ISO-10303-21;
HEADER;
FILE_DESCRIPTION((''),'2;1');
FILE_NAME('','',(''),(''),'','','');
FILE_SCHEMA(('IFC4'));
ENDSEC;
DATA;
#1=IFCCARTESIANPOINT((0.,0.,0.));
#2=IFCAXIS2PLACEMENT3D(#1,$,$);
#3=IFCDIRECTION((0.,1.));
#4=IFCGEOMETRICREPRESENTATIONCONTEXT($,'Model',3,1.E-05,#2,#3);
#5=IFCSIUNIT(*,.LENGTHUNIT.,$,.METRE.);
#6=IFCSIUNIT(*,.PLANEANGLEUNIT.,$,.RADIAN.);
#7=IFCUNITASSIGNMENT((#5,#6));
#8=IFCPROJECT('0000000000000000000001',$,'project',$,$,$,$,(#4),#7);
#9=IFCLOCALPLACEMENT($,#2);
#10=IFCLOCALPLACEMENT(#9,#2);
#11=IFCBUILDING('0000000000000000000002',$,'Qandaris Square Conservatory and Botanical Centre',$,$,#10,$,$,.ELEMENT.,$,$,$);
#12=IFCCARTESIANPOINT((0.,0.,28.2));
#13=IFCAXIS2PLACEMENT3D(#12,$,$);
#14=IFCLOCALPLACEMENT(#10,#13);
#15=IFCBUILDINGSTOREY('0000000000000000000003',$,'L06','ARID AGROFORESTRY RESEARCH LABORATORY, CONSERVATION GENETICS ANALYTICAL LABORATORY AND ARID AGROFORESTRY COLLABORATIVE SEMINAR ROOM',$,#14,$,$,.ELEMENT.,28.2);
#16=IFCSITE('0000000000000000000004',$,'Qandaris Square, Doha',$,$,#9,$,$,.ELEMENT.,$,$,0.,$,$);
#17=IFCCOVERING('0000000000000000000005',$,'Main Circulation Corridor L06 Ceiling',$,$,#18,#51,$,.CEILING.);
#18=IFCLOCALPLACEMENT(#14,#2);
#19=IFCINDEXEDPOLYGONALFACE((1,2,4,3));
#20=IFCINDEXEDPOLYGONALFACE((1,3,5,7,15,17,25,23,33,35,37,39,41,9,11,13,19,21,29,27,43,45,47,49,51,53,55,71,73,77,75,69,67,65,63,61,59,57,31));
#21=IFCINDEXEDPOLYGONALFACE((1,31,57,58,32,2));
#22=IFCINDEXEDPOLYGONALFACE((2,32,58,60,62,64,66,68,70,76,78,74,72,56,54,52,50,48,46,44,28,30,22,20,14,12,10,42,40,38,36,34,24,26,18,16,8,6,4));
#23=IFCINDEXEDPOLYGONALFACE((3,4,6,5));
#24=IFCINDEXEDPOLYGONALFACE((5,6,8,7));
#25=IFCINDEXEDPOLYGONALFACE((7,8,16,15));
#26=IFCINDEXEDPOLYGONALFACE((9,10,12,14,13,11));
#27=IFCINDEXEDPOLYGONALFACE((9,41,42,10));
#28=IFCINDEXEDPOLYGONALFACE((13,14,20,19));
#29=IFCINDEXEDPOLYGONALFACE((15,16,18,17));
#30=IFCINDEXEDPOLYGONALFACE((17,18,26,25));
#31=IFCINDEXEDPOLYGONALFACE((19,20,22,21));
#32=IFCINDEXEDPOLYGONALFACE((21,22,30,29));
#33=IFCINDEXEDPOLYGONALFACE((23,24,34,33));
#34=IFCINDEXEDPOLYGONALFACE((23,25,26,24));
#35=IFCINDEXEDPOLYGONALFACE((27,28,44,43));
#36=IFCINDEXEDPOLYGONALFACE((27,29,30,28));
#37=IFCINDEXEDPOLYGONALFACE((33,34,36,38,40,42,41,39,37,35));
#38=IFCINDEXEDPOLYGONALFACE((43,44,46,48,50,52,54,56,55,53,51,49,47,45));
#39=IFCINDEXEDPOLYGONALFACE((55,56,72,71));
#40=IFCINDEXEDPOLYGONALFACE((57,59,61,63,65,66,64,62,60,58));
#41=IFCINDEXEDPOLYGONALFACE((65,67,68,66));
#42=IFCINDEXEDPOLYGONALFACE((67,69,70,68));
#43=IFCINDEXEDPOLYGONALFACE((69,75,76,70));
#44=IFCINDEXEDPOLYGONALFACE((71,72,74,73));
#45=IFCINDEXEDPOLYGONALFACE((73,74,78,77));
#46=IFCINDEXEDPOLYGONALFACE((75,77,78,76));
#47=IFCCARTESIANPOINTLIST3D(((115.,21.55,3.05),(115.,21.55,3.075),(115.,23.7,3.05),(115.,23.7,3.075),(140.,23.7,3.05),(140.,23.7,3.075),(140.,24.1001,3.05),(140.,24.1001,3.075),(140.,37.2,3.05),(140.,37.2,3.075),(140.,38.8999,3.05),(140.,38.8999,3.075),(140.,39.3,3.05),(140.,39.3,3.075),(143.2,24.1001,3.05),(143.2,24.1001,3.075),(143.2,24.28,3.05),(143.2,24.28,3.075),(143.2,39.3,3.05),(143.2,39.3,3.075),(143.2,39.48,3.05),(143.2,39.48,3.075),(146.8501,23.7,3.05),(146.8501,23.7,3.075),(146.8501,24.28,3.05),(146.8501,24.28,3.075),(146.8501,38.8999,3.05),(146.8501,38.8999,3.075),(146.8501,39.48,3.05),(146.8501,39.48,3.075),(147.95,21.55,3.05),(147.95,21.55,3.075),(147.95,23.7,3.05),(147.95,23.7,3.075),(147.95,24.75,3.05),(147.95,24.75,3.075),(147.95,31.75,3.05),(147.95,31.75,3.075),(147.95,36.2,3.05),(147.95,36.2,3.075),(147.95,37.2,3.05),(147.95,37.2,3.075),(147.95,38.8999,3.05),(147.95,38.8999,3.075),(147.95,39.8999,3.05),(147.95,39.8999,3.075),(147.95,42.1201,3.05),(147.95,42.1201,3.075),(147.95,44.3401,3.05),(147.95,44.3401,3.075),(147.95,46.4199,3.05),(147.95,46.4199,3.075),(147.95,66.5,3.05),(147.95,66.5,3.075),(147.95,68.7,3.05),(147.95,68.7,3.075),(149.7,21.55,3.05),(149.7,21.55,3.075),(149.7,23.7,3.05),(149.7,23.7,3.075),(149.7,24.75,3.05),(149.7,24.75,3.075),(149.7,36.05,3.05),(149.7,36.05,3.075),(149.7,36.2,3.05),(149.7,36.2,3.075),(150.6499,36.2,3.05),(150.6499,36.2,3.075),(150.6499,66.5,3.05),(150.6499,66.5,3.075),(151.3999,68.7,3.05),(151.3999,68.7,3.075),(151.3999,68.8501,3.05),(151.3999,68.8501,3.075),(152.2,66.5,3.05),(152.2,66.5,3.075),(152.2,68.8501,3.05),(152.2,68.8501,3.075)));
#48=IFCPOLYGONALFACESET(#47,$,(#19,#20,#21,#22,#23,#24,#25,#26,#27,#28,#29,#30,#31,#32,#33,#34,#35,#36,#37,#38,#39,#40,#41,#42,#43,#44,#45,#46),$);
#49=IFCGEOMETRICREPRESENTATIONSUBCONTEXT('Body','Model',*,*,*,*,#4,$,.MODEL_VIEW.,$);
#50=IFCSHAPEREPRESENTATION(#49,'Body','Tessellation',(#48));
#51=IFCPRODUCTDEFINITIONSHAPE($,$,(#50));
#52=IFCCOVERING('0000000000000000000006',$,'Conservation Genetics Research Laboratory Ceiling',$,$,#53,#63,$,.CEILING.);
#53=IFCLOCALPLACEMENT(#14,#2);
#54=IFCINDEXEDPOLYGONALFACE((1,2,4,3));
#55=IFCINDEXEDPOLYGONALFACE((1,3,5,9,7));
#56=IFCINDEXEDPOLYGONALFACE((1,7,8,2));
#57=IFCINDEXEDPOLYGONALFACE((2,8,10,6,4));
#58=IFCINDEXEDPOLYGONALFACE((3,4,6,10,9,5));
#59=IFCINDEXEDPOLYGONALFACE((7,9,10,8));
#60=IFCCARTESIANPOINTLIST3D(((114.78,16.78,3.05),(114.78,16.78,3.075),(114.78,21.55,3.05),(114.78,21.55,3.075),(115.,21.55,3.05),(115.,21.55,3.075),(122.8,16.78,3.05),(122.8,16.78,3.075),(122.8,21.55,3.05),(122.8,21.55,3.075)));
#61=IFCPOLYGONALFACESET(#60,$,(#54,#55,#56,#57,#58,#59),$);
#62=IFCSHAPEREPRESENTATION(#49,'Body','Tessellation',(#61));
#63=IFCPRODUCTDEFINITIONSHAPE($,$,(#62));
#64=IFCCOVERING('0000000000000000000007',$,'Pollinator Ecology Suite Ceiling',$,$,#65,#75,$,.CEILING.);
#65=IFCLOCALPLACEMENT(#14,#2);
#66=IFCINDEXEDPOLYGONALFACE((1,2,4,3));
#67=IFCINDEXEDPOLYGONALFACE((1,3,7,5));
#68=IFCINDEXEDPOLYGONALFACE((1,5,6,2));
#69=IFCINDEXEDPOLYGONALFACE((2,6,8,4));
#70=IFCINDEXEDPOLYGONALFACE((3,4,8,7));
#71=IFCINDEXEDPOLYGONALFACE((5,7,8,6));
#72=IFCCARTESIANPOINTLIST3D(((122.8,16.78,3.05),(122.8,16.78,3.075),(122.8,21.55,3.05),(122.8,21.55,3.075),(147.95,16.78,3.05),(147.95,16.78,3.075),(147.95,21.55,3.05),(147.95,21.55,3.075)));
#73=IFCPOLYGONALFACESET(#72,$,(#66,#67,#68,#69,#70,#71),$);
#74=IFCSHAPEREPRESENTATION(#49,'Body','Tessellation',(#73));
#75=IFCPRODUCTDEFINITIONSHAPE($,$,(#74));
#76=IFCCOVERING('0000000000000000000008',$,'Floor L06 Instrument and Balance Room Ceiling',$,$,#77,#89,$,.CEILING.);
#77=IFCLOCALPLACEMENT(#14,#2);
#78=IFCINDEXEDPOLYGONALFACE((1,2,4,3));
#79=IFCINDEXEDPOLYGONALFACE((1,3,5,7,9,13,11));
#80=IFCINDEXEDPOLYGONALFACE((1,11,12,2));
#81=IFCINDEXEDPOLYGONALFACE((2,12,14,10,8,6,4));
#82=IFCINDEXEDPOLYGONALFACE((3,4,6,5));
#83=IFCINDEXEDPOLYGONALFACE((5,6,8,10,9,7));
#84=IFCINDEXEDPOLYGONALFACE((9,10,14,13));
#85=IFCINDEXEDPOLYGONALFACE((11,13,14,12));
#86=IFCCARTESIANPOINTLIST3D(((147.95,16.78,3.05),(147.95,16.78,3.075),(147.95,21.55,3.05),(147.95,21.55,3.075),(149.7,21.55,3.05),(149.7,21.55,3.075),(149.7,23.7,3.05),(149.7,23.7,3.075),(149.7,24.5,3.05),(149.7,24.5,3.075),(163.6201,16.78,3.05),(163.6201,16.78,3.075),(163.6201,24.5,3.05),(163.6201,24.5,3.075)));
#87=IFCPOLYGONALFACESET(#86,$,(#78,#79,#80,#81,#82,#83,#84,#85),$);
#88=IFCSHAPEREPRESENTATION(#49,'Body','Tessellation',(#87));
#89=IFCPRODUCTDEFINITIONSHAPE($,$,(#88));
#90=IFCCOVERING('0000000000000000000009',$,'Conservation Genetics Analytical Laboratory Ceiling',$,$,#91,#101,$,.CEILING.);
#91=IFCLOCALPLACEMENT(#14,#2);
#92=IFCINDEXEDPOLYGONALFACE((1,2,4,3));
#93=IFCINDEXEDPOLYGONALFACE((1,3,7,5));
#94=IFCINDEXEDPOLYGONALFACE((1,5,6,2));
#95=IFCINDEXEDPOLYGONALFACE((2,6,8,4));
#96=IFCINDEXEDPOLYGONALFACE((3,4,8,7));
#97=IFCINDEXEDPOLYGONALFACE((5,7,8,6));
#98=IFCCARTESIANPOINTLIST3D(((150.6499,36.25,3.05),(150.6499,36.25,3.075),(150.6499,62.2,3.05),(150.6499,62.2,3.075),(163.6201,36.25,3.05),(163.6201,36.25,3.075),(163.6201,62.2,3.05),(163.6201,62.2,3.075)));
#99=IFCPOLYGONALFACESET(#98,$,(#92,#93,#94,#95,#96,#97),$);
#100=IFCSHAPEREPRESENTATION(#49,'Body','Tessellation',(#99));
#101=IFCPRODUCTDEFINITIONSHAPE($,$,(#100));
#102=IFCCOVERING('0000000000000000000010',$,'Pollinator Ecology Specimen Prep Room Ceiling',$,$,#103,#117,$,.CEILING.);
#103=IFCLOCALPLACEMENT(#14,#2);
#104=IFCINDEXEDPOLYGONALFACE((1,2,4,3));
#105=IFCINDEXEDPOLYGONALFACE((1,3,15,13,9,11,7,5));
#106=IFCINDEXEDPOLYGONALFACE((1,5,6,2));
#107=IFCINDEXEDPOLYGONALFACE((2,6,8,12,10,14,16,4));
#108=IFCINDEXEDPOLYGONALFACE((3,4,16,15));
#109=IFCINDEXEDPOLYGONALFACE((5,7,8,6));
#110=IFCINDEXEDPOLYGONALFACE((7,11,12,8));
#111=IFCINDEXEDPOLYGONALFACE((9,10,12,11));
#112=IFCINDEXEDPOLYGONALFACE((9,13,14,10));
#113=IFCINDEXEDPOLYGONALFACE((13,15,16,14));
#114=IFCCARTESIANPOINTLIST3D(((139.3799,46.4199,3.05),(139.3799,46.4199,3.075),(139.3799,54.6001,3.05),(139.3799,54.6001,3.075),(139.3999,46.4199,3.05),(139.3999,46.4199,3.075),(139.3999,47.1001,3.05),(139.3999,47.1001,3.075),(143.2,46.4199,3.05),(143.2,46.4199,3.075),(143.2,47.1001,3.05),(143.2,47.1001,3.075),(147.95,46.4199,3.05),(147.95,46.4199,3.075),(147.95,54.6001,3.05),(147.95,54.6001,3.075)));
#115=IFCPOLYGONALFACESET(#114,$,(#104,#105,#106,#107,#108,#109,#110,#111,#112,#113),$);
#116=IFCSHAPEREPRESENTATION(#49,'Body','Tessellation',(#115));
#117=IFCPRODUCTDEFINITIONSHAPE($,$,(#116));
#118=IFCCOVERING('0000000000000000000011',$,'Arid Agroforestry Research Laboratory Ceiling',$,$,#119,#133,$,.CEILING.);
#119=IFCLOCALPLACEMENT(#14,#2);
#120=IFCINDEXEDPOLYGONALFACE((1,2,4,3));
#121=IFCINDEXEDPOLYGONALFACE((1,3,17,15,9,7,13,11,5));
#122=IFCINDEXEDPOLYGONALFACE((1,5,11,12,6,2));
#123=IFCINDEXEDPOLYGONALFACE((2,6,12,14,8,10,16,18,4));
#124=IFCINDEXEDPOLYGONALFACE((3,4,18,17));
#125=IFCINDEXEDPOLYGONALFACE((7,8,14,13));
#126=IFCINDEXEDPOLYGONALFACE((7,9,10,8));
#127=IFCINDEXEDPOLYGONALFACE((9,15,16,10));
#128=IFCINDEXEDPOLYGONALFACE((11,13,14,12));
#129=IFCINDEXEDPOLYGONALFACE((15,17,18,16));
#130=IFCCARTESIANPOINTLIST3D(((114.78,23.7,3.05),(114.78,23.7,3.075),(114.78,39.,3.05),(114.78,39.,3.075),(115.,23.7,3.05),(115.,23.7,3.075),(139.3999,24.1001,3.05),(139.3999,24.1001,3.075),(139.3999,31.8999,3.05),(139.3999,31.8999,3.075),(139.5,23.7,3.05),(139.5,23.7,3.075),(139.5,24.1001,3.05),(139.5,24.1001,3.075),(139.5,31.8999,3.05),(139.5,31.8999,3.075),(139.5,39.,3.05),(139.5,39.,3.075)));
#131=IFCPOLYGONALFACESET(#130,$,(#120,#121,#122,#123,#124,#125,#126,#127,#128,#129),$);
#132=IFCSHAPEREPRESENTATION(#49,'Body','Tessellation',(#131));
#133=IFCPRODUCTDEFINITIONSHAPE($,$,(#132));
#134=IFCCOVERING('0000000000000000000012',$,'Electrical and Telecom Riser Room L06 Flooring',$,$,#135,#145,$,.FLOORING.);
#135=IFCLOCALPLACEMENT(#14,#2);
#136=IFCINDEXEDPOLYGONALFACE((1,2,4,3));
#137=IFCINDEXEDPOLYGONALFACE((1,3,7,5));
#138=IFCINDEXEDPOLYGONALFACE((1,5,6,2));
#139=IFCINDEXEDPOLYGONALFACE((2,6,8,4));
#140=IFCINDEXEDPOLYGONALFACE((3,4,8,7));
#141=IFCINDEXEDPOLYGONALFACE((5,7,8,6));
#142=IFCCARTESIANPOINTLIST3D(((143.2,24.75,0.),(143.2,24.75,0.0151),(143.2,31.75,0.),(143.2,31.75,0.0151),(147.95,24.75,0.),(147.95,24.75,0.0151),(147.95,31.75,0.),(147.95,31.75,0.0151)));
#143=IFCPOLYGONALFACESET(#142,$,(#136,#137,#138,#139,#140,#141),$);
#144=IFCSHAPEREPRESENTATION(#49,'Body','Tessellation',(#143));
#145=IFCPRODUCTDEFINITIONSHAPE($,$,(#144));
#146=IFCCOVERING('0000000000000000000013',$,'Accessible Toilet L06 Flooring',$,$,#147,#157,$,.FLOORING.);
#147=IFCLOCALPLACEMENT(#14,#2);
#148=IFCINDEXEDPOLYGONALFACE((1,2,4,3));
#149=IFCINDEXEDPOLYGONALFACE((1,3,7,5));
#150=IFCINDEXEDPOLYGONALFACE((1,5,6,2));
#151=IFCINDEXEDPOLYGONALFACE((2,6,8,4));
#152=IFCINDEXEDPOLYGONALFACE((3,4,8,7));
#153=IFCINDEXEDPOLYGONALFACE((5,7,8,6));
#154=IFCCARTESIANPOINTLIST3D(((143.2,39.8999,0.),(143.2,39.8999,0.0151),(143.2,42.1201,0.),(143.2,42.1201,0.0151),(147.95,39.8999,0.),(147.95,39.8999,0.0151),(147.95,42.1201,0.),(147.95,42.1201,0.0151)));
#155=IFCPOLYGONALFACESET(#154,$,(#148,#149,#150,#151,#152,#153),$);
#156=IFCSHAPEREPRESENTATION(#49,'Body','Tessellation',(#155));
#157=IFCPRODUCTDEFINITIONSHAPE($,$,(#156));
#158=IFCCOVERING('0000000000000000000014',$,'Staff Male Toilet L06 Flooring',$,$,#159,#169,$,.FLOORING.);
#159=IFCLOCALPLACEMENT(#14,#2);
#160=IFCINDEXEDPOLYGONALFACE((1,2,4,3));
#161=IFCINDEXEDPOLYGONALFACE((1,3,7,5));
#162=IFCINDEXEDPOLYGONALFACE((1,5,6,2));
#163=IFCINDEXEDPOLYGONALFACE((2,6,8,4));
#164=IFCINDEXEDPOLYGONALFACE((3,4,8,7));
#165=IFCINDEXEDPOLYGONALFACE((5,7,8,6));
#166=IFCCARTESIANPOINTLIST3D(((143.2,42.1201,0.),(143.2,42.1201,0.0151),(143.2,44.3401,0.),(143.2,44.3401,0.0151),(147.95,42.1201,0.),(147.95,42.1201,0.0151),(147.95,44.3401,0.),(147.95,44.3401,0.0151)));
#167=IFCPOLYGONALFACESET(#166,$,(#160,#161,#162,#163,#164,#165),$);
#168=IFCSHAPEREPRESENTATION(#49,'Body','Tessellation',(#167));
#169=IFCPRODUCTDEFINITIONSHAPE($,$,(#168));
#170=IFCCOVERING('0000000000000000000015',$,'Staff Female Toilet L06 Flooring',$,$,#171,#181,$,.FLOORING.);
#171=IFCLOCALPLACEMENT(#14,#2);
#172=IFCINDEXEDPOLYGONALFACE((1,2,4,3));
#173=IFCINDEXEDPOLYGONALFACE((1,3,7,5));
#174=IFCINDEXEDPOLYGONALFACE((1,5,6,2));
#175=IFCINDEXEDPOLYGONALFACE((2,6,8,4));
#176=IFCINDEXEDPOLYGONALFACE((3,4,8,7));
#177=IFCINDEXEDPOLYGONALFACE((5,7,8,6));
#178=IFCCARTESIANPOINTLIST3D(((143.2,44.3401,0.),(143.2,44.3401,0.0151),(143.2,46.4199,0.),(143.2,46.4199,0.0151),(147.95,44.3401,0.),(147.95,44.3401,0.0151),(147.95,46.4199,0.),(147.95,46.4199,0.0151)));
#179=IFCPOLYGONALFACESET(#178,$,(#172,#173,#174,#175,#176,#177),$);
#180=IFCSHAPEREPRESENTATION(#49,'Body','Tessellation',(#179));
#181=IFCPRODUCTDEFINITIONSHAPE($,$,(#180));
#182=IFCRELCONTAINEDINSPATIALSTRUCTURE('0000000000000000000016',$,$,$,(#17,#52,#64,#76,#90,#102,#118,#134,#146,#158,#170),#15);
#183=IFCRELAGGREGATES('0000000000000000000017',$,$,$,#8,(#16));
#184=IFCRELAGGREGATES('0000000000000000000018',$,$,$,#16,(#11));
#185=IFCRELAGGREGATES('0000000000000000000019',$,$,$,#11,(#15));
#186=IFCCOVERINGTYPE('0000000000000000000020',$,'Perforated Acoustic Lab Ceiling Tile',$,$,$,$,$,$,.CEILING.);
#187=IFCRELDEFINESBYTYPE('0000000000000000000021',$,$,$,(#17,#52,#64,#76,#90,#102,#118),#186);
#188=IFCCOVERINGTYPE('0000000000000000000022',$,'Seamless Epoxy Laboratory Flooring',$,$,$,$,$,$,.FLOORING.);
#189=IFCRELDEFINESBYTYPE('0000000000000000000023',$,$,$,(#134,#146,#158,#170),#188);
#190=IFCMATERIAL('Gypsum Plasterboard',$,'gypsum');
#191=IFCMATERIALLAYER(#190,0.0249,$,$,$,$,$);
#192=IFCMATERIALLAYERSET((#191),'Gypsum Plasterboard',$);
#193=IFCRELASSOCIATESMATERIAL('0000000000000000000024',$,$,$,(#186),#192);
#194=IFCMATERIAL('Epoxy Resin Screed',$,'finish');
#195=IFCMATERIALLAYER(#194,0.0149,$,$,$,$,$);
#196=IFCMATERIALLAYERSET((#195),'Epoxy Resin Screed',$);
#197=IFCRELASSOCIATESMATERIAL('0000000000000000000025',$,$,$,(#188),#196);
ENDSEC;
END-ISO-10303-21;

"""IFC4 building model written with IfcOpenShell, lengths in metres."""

from ifc_helpers import new_model, si_unit, direction, frame, origin, place, context, subcontext, project, spatial, polyline, outline, extrude, material, layer, layer_set, type_object, element, save


model = new_model("IFC4")

# Units and contexts
model_context = context("Model", 3, precision=1e-05, world=origin(), true_north=direction((0.0, 1.0)))
body_context = subcontext(model_context, "Body", "Model", "MODEL_VIEW")
ifc_project = project(units=[si_unit("LENGTHUNIT", "METRE"), si_unit("PLANEANGLEUNIT", "RADIAN")], contexts=[model_context])

# Site, building, storey
site_placement = place(None, origin())
site = spatial("IfcSite", under=ifc_project, at=site_placement, Name="Qandaris Square, Doha", CompositionType="ELEMENT", RefElevation=0.0)
building_placement = place(site_placement, origin())
building = spatial("IfcBuilding", under=site, at=building_placement, Name="Qandaris Square Conservatory and Botanical Centre", CompositionType="ELEMENT")
storey_placement = place(building_placement, frame((0.0, 0.0, 28.2)))
storey = spatial("IfcBuildingStorey", under=building, at=storey_placement, Name="L06", Description="ARID AGROFORESTRY RESEARCH LABORATORY, CONSERVATION GENETICS ANALYTICAL LABORATORY AND ARID AGROFORESTRY COLLABORATIVE SEMINAR ROOM", CompositionType="ELEMENT", Elevation=28.2)

# Coverings
ifc_material_1 = material(Name="Gypsum Plasterboard", Category="gypsum")
ifc_layer_1 = layer(ifc_material_1, 0.0249)
ifc_layer_set_1 = layer_set([ifc_layer_1], Name="Gypsum Plasterboard")
covering_type_1 = type_object("IfcCoveringType", Name="Perforated Acoustic Lab Ceiling Tile", PredefinedType="CEILING", material=ifc_layer_set_1)
covering_1_placement = place(storey_placement, frame((0.0, 0.0, 3.05)))
element("IfcCovering", 1, at=covering_1_placement, inside=storey, type_object=covering_type_1, Name="Main Circulation Corridor L06 Ceiling", PredefinedType="CEILING", context=body_context, shape_type="SweptSolid", body=[
    extrude(outline(polyline([(140.0, 24.1001), (143.2, 24.1001), (143.2, 24.28), (146.8501, 24.28), (146.8501, 23.7), (147.95, 23.7), (147.95, 24.75), (147.95, 31.75), (147.95, 36.2), (147.95, 37.2), (140.0, 37.2), (140.0, 38.8999), (140.0, 39.3), (143.2, 39.3), (143.2, 39.48), (146.8501, 39.48), (146.8501, 38.8999), (147.95, 38.8999), (147.95, 39.8999), (147.95, 42.1201), (147.95, 44.3401), (147.95, 46.4199), (147.95, 66.5), (147.95, 68.7), (151.3999, 68.7), (151.3999, 68.8501), (152.2, 68.8501), (152.2, 66.5), (150.6499, 66.5), (150.6499, 36.2), (149.7, 36.2), (149.7, 36.05), (149.7, 24.75), (149.7, 23.7), (149.7, 21.55), (147.95, 21.55), (115.0, 21.55), (115.0, 23.7), (140.0, 23.7), (140.0, 24.1001)])), origin(), (0.0, 0.0, 1.0), 0.0249),
])
covering_2_placement = place(storey_placement, frame((0.0, 0.0, 3.05)))
element("IfcCovering", 2, at=covering_2_placement, inside=storey, type_object=covering_type_1, Name="Conservation Genetics Research Laboratory Ceiling", PredefinedType="CEILING", context=body_context, shape_type="SweptSolid", body=[
    extrude(outline(polyline([(115.0, 21.55), (122.8, 21.55), (122.8, 16.78), (114.78, 16.78), (114.78, 21.55), (115.0, 21.55)])), origin(), (0.0, 0.0, 1.0), 0.0249),
])
covering_3_placement = place(storey_placement, frame((0.0, 0.0, 3.05)))
element("IfcCovering", 3, at=covering_3_placement, inside=storey, type_object=covering_type_1, Name="Pollinator Ecology Suite Ceiling", PredefinedType="CEILING", context=body_context, shape_type="SweptSolid", body=[
    extrude(outline(polyline([(147.95, 21.55), (147.95, 16.78), (122.8, 16.78), (122.8, 21.55), (147.95, 21.55)])), origin(), (0.0, 0.0, 1.0), 0.0249),
])
covering_4_placement = place(storey_placement, frame((0.0, 0.0, 3.05)))
element("IfcCovering", 4, at=covering_4_placement, inside=storey, type_object=covering_type_1, Name="Floor L06 Instrument and Balance Room Ceiling", PredefinedType="CEILING", context=body_context, shape_type="SweptSolid", body=[
    extrude(outline(polyline([(147.95, 21.55), (149.7, 21.55), (149.7, 23.7), (149.7, 24.5), (163.6201, 24.5), (163.6201, 16.78), (147.95, 16.78), (147.95, 21.55)])), origin(), (0.0, 0.0, 1.0), 0.0249),
])
covering_5_placement = place(storey_placement, frame((0.0, 0.0, 3.05)))
element("IfcCovering", 5, at=covering_5_placement, inside=storey, type_object=covering_type_1, Name="Conservation Genetics Analytical Laboratory Ceiling", PredefinedType="CEILING", context=body_context, shape_type="SweptSolid", body=[
    extrude(outline(polyline([(150.6499, 62.2), (163.6201, 62.2), (163.6201, 36.25), (150.6499, 36.25), (150.6499, 62.2)])), origin(), (0.0, 0.0, 1.0), 0.0249),
])
covering_6_placement = place(storey_placement, frame((0.0, 0.0, 3.05)))
element("IfcCovering", 6, at=covering_6_placement, inside=storey, type_object=covering_type_1, Name="Pollinator Ecology Specimen Prep Room Ceiling", PredefinedType="CEILING", context=body_context, shape_type="SweptSolid", body=[
    extrude(outline(polyline([(147.95, 46.4199), (143.2, 46.4199), (143.2, 47.1001), (139.3999, 47.1001), (139.3999, 46.4199), (139.3799, 46.4199), (139.3799, 54.6001), (147.95, 54.6001), (147.95, 46.4199)])), origin(), (0.0, 0.0, 1.0), 0.0249),
])
covering_7_placement = place(storey_placement, frame((0.0, 0.0, 3.05)))
element("IfcCovering", 7, at=covering_7_placement, inside=storey, type_object=covering_type_1, Name="Arid Agroforestry Research Laboratory Ceiling", PredefinedType="CEILING", context=body_context, shape_type="SweptSolid", body=[
    extrude(outline(polyline([(139.5, 31.8999), (139.3999, 31.8999), (139.3999, 24.1001), (139.5, 24.1001), (139.5, 23.7), (115.0, 23.7), (114.78, 23.7), (114.78, 39.0), (139.5, 39.0), (139.5, 31.8999)])), origin(), (0.0, 0.0, 1.0), 0.0249),
])
ifc_material_2 = material(Name="Epoxy Resin Screed", Category="finish")
ifc_layer_2 = layer(ifc_material_2, 0.0149)
ifc_layer_set_2 = layer_set([ifc_layer_2], Name="Epoxy Resin Screed")
covering_type_2 = type_object("IfcCoveringType", Name="Seamless Epoxy Laboratory Flooring", PredefinedType="FLOORING", material=ifc_layer_set_2)
covering_8_placement = place(storey_placement, origin())
element("IfcCovering", 8, at=covering_8_placement, inside=storey, type_object=covering_type_2, Name="Electrical and Telecom Riser Room L06 Flooring", PredefinedType="FLOORING", context=body_context, shape_type="SweptSolid", body=[
    extrude(outline(polyline([(147.95, 31.75), (147.95, 24.75), (143.2, 24.75), (143.2, 31.75), (147.95, 31.75)])), origin(), (0.0, 0.0, 1.0), 0.0151),
])
covering_9_placement = place(storey_placement, origin())
element("IfcCovering", 9, at=covering_9_placement, inside=storey, type_object=covering_type_2, Name="Accessible Toilet L06 Flooring", PredefinedType="FLOORING", context=body_context, shape_type="SweptSolid", body=[
    extrude(outline(polyline([(147.95, 42.1201), (147.95, 39.8999), (143.2, 39.8999), (143.2, 42.1201), (147.95, 42.1201)])), origin(), (0.0, 0.0, 1.0), 0.0151),
])
covering_10_placement = place(storey_placement, origin())
element("IfcCovering", 10, at=covering_10_placement, inside=storey, type_object=covering_type_2, Name="Staff Male Toilet L06 Flooring", PredefinedType="FLOORING", context=body_context, shape_type="SweptSolid", body=[
    extrude(outline(polyline([(147.95, 44.3401), (147.95, 42.1201), (143.2, 42.1201), (143.2, 44.3401), (147.95, 44.3401)])), origin(), (0.0, 0.0, 1.0), 0.0151),
])
covering_11_placement = place(storey_placement, origin())
element("IfcCovering", 11, at=covering_11_placement, inside=storey, type_object=covering_type_2, Name="Staff Female Toilet L06 Flooring", PredefinedType="FLOORING", context=body_context, shape_type="SweptSolid", body=[
    extrude(outline(polyline([(147.95, 46.4199), (147.95, 44.3401), (143.2, 44.3401), (143.2, 46.4199), (147.95, 46.4199)])), origin(), (0.0, 0.0, 1.0), 0.0151),
])

save(model, "model.ifc")
